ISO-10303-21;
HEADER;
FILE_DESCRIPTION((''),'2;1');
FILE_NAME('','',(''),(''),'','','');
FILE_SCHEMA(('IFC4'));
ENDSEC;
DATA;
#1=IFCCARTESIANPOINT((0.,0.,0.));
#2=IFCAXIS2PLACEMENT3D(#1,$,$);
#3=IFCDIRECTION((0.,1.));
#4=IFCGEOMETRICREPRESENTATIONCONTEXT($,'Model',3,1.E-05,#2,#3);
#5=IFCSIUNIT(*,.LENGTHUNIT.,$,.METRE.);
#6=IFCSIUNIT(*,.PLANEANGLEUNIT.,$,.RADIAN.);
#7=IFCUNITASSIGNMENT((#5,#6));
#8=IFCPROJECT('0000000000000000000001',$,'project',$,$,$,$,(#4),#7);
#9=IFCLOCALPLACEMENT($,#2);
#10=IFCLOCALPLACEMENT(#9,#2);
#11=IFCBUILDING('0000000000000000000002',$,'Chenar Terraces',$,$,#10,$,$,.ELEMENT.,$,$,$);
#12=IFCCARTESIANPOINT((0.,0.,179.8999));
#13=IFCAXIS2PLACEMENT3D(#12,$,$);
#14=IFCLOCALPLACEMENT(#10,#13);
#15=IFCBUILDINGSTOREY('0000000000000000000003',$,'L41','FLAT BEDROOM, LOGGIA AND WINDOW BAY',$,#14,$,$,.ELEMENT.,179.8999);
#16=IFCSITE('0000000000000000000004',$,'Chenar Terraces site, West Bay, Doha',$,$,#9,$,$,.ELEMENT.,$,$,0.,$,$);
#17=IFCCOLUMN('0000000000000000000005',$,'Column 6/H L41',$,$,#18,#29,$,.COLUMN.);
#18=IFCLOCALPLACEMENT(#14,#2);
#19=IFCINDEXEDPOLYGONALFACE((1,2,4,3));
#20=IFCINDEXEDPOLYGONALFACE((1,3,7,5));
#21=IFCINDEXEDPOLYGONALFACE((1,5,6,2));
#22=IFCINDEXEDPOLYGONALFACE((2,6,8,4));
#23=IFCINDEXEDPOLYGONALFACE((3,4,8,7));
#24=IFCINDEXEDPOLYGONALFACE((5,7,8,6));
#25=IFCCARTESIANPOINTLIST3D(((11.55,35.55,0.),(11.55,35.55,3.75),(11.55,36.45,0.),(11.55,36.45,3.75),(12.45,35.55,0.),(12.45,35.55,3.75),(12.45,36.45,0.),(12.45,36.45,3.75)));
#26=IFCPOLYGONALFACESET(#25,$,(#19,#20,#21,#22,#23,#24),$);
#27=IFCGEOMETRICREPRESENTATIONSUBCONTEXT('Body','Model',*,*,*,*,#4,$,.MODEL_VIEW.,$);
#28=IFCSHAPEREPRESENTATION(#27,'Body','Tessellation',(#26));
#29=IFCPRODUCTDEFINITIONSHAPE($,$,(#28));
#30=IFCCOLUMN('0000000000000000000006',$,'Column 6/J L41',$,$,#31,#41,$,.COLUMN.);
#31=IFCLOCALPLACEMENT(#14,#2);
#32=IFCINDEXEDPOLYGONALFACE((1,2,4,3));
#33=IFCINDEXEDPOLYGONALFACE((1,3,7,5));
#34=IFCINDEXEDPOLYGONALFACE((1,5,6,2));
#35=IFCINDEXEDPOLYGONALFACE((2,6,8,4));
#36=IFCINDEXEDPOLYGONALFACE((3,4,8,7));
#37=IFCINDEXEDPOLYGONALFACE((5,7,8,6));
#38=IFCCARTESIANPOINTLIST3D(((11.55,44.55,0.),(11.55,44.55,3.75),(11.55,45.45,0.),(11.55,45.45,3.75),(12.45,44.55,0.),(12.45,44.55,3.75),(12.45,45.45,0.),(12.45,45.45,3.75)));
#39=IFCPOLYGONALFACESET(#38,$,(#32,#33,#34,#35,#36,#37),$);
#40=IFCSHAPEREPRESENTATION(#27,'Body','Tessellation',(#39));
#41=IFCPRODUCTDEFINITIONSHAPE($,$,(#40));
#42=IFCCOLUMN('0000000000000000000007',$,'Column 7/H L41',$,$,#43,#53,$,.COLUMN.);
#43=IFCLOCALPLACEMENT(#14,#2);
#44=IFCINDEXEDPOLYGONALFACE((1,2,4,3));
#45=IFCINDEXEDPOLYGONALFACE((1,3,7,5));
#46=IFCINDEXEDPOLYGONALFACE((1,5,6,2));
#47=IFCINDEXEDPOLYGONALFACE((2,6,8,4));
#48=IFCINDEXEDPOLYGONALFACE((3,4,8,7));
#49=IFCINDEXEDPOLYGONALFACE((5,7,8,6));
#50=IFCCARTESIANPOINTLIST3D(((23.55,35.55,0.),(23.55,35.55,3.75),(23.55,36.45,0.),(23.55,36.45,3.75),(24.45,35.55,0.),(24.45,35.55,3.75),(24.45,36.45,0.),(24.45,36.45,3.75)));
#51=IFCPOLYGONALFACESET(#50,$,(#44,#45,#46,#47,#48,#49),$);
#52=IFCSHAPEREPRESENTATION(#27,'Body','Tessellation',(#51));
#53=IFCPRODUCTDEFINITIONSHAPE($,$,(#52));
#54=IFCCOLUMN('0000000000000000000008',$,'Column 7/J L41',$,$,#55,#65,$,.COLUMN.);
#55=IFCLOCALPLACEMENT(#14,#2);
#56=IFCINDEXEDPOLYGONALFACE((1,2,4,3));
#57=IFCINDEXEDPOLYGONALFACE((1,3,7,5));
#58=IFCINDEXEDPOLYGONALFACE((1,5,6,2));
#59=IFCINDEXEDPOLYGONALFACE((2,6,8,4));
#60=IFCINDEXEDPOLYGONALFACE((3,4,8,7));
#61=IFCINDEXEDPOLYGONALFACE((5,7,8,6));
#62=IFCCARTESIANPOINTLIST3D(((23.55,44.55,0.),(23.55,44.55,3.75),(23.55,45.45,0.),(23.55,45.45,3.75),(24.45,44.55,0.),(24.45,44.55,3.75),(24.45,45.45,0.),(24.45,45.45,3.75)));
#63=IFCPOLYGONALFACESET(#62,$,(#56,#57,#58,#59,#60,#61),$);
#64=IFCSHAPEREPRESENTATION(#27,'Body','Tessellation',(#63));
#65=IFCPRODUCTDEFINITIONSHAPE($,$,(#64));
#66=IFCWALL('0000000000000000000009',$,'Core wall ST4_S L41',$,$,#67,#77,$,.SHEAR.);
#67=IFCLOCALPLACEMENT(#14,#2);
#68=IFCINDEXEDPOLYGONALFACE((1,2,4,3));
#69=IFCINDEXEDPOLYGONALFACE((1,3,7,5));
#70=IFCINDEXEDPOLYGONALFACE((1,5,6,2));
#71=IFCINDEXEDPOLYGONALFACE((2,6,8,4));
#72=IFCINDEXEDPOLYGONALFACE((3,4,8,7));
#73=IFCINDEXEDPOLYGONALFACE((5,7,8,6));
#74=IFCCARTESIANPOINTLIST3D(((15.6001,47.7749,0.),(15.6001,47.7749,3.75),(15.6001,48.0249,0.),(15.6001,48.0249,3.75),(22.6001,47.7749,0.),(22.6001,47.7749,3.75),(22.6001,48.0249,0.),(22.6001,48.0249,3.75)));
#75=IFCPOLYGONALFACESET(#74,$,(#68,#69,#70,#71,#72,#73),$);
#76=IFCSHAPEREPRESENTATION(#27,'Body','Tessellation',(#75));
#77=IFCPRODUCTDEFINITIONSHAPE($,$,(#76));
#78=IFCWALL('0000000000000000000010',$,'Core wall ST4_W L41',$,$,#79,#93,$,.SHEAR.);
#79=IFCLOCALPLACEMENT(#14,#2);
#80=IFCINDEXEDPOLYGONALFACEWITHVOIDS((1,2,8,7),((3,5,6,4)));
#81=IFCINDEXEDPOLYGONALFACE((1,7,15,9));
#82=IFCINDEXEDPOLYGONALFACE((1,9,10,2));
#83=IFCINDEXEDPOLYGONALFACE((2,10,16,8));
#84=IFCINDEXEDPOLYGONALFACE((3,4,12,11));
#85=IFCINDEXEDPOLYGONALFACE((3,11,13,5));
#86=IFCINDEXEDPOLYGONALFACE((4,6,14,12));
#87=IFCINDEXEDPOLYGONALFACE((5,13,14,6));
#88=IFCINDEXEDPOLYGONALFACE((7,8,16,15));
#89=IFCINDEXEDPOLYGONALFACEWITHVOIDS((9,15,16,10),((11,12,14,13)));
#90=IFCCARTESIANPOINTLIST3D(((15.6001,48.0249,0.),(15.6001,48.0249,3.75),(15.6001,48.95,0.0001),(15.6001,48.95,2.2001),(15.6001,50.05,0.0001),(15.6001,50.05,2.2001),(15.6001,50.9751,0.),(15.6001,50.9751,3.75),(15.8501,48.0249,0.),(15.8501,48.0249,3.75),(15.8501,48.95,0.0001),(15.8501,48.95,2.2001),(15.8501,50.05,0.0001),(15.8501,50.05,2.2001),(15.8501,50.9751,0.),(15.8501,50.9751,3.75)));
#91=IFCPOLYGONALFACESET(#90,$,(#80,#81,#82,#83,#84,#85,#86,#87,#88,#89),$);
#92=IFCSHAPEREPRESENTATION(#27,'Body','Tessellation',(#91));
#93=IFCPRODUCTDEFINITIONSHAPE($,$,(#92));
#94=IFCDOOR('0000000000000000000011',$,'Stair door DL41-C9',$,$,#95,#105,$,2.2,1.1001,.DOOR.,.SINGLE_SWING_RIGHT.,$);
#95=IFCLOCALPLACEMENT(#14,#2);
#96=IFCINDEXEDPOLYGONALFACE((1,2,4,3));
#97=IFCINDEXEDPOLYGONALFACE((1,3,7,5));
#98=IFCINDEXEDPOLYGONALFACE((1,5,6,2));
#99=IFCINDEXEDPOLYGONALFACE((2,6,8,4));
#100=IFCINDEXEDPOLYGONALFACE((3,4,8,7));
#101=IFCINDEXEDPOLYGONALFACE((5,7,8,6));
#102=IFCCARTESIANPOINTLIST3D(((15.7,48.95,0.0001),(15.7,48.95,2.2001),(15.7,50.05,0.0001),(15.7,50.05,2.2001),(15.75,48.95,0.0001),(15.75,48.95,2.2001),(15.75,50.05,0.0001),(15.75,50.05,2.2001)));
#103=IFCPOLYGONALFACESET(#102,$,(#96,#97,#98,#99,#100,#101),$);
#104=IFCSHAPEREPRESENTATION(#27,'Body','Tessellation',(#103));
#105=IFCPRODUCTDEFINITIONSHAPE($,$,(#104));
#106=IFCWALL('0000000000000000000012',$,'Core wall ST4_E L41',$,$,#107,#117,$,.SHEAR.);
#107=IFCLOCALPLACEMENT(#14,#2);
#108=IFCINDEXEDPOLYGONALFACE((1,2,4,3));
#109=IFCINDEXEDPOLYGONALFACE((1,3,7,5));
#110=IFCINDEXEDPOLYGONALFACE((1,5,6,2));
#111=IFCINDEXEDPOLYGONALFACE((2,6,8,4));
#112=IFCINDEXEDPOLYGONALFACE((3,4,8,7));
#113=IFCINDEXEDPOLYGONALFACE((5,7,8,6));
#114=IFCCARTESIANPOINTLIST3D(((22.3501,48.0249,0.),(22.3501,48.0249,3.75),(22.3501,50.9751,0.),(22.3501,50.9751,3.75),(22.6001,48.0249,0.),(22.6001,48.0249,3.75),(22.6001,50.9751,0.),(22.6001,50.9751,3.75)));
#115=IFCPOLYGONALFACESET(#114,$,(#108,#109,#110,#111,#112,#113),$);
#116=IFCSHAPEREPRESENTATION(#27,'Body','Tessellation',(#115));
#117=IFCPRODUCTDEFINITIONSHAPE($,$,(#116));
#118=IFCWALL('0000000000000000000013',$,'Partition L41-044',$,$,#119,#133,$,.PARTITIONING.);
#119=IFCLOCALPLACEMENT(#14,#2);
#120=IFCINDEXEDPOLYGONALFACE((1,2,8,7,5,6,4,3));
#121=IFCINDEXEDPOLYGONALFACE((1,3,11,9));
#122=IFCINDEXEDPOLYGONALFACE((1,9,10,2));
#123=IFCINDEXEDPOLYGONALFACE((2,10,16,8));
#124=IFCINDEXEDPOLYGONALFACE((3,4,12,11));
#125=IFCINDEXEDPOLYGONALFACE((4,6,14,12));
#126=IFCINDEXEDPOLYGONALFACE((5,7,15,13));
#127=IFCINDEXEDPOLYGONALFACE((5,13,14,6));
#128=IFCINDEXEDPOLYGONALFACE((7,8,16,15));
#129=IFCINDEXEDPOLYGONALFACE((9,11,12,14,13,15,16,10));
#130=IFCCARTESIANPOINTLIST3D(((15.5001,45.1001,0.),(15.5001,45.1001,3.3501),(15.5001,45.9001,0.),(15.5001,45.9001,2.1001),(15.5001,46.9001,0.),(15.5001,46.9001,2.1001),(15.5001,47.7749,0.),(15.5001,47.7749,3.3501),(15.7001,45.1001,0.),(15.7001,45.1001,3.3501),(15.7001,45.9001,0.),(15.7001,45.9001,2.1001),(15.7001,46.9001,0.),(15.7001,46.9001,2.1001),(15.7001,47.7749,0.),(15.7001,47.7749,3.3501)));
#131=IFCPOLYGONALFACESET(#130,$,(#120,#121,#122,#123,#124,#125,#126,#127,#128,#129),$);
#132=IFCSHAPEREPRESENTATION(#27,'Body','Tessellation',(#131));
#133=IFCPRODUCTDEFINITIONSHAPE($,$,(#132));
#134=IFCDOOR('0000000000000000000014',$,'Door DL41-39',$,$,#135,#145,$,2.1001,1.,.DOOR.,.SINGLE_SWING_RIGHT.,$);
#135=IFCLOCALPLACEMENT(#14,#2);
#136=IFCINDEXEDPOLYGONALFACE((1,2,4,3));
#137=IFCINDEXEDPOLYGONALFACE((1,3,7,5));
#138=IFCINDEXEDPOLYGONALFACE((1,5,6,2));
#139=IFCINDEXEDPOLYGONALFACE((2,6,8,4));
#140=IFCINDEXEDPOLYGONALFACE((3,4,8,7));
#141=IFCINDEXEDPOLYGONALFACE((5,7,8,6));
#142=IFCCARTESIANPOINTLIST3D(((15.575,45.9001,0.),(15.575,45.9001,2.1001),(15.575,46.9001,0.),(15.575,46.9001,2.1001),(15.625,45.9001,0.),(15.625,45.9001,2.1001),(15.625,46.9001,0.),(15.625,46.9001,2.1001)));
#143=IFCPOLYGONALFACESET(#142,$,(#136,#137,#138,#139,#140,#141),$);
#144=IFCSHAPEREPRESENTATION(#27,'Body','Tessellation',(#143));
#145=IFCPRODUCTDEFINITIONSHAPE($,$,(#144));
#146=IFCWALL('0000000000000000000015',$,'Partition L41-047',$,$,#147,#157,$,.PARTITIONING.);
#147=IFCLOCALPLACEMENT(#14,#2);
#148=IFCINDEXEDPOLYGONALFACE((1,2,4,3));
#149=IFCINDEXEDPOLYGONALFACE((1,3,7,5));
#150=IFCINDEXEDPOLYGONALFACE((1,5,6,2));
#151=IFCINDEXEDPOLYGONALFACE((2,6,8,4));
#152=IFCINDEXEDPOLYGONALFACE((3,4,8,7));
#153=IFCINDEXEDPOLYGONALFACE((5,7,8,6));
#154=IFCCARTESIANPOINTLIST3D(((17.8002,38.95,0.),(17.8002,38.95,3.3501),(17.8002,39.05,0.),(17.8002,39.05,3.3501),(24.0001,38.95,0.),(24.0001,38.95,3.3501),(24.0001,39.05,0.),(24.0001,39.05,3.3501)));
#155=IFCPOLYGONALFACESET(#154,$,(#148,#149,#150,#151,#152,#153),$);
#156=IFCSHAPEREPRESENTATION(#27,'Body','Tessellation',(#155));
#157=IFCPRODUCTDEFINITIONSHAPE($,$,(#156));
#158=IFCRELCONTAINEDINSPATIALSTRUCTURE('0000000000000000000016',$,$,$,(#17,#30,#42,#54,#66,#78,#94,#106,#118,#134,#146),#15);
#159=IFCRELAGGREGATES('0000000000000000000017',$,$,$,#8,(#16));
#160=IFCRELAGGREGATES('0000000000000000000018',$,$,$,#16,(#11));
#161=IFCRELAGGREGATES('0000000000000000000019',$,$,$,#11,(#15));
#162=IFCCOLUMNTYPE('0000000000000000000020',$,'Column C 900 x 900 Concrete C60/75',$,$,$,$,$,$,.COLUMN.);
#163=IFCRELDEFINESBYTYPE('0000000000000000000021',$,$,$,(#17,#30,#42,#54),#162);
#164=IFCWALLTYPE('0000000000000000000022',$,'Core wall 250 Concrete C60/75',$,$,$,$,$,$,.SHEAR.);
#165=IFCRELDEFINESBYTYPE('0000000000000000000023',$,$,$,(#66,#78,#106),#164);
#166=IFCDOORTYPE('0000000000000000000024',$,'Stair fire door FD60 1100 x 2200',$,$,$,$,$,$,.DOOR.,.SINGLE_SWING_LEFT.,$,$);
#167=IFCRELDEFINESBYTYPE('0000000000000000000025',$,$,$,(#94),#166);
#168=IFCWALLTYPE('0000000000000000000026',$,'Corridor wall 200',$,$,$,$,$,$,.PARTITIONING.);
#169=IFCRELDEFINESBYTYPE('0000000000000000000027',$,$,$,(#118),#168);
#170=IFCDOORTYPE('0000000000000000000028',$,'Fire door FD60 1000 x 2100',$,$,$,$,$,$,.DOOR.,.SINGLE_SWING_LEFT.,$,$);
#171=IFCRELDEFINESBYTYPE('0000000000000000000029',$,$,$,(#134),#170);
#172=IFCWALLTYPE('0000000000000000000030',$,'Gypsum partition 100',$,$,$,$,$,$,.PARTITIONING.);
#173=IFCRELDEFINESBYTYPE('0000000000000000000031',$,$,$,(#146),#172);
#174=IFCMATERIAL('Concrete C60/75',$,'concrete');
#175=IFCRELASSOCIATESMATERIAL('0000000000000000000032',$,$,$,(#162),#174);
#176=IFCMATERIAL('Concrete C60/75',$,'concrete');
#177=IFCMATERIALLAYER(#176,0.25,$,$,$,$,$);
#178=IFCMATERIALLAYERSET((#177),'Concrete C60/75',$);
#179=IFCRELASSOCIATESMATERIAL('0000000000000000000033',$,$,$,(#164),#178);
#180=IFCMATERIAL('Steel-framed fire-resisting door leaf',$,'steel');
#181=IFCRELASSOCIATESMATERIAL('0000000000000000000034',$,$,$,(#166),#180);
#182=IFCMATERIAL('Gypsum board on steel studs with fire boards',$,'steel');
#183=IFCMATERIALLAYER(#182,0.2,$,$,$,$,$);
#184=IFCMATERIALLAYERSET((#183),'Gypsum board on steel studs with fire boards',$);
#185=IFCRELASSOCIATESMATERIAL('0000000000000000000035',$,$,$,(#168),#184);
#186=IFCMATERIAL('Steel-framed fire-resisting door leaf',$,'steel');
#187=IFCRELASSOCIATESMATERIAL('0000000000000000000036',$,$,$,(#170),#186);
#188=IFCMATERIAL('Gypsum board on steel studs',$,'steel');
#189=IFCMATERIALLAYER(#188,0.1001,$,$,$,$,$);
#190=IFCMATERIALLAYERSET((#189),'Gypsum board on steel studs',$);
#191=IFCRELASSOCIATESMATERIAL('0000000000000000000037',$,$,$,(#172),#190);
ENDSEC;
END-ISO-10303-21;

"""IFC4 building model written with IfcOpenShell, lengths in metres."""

from ifc_helpers import new_model, si_unit, direction, frame, frame_2d, origin, origin_2d, place, context, subcontext, project, spatial, rectangle, extrude, material, layer, layer_set, material_profile, profile_set, type_object, element, fill, save


model = new_model("IFC4")

# Units and contexts
model_context = context("Model", 3, precision=1e-05, world=origin(), true_north=direction((0.0, 1.0)))
body_context = subcontext(model_context, "Body", "Model", "MODEL_VIEW")
ifc_project = project(units=[si_unit("LENGTHUNIT", "METRE"), si_unit("PLANEANGLEUNIT", "RADIAN")], contexts=[model_context])

# Site, building, storey
site_placement = place(None, origin())
site = spatial("IfcSite", under=ifc_project, at=site_placement, Name="Chenar Terraces site, West Bay, Doha", CompositionType="ELEMENT", RefElevation=0.0)
building_placement = place(site_placement, origin())
building = spatial("IfcBuilding", under=site, at=building_placement, Name="Chenar Terraces", CompositionType="ELEMENT")
storey_placement = place(building_placement, frame((0.0, 0.0, 179.8999)))
storey = spatial("IfcBuildingStorey", under=building, at=storey_placement, Name="L41", Description="FLAT BEDROOM, LOGGIA AND WINDOW BAY", CompositionType="ELEMENT", Elevation=179.8999)

# Columns
ifc_material_1 = material(Name="Concrete C60/75", Category="concrete")
ifc_material_profile = material_profile(ifc_material_1, rectangle(XDim=0.8999, YDim=0.8999, at=origin_2d()), Name="C 900 x 900")
ifc_profile_set = profile_set([ifc_material_profile], Name="Concrete C60/75")
column_type = type_object("IfcColumnType", Name="Column C 900 x 900 Concrete C60/75", PredefinedType="COLUMN", material=ifc_profile_set)
for number, where, z_axis, x_axis, name in (
    (1, (12.0, 36.0, 0.0), (0.0, 0.0, 1.0), (1.0, 0.0, 0.0), "Column 6/H L41"),
    (2, (12.0, 45.0, 0.0), (0.0, 0.0, 1.0), (1.0, 0.0, 0.0), "Column 6/J L41"),
    (3, (24.0, 36.0, 0.0), (0.0, 0.0, 1.0), (1.0, 0.0, 0.0), "Column 7/H L41"),
    (4, (24.0, 45.0, 0.0), (0.0, 0.0, 1.0), (1.0, 0.0, 0.0), "Column 7/J L41"),
):
    element("IfcColumn", number, at=place(storey_placement, frame(where, z_axis=z_axis, x_axis=x_axis)), inside=storey, type_object=column_type, Name=name, PredefinedType="COLUMN", context=body_context, shape_type="SweptSolid", body=[
        extrude(rectangle(XDim=0.8999, YDim=0.8999, at=origin_2d()), origin(), (0.0, 0.0, 1.0), 3.75),
    ])

# Wall
ifc_material_2 = material(Name="Concrete C60/75", Category="concrete")
ifc_layer_1 = layer(ifc_material_2, 0.25)
ifc_layer_set_1 = layer_set([ifc_layer_1], Name="Concrete C60/75")
wall_type_1 = type_object("IfcWallType", Name="Core wall 250 Concrete C60/75", PredefinedType="SHEAR", material=ifc_layer_set_1)
wall_1_placement = place(storey_placement, frame((15.6001, 47.8999, 0.0), z_axis=(0.0, 0.0, 1.0), x_axis=(1.0, 0.0, 0.0)))
element("IfcWall", 5, at=wall_1_placement, inside=storey, type_object=wall_type_1, Name="Core wall ST4_S L41", PredefinedType="SHEAR", context=body_context, shape_type="SweptSolid", body=[
    extrude(rectangle(XDim=7.0, YDim=0.25, at=frame_2d((3.5, 0.0))), origin(), (0.0, 0.0, 1.0), 3.75),
])

# Wall, opening, door
wall_2_placement = place(storey_placement, frame((15.7251, 48.0249, 0.0), z_axis=(0.0, 0.0, 1.0), x_axis=(0.0, 1.0, 0.0)))
wall_2 = element("IfcWall", 6, at=wall_2_placement, inside=storey, type_object=wall_type_1, Name="Core wall ST4_W L41", PredefinedType="SHEAR", context=body_context, shape_type="SweptSolid", body=[
    extrude(rectangle(XDim=2.9502, YDim=0.25, at=frame_2d((1.4751, 0.0))), origin(), (0.0, 0.0, 1.0), 3.75),
])
opening_1_placement = place(wall_2_placement, frame((0.925, 0.0, 0.0)))
opening_1 = element("IfcOpeningElement", 7, at=opening_1_placement, cuts=wall_2, PredefinedType="OPENING", context=body_context, shape_type="SweptSolid", body=[
    extrude(rectangle(XDim=1.1001, YDim=2.2, at=frame_2d((0.55, 1.1001))), frame((0.0, 0.135, 0.0), z_axis=(0.0, -1.0, 0.0), x_axis=(1.0, 0.0, 0.0)), (0.0, 0.0, 1.0), 0.27),
])
ifc_material_3 = material(Name="Steel-framed fire-resisting door leaf", Category="steel")
door_type_1 = type_object("IfcDoorType", Name="Stair fire door FD60 1100 x 2200", OperationType="SINGLE_SWING_LEFT", PredefinedType="DOOR", material=ifc_material_3)
door_1_placement = place(opening_1_placement, frame((1.1001, 0.0, 0.0), z_axis=(0.0, 0.0, 1.0), x_axis=(-1.0, 0.0, 0.0)))
door_1 = element("IfcDoor", 8, at=door_1_placement, inside=storey, type_object=door_type_1, Name="Stair door DL41-C9", OperationType="SINGLE_SWING_RIGHT", OverallHeight=2.2, OverallWidth=1.1001, PredefinedType="DOOR", context=body_context, shape_type="SweptSolid", body=[
    extrude(rectangle(XDim=1.1001, YDim=2.2, at=frame_2d((0.55, 1.1001))), frame((0.0, 0.0249, 0.0), z_axis=(0.0, -1.0, 0.0), x_axis=(1.0, 0.0, 0.0)), (0.0, 0.0, 1.0), 0.05),
])
fill(opening_1, door_1)

# Wall
wall_3_placement = place(storey_placement, frame((22.4751, 48.0249, 0.0), z_axis=(0.0, 0.0, 1.0), x_axis=(0.0, 1.0, 0.0)))
element("IfcWall", 9, at=wall_3_placement, inside=storey, type_object=wall_type_1, Name="Core wall ST4_E L41", PredefinedType="SHEAR", context=body_context, shape_type="SweptSolid", body=[
    extrude(rectangle(XDim=2.9502, YDim=0.25, at=frame_2d((1.4751, 0.0))), origin(), (0.0, 0.0, 1.0), 3.75),
])

# Wall, opening, door
ifc_material_4 = material(Name="Gypsum board on steel studs with fire boards", Category="steel")
ifc_layer_2 = layer(ifc_material_4, 0.2)
ifc_layer_set_2 = layer_set([ifc_layer_2], Name="Gypsum board on steel studs with fire boards")
wall_type_2 = type_object("IfcWallType", Name="Corridor wall 200", PredefinedType="PARTITIONING", material=ifc_layer_set_2)
wall_4_placement = place(storey_placement, frame((15.6001, 45.1001, 0.0), z_axis=(0.0, 0.0, 1.0), x_axis=(0.0, 1.0, 0.0)))
wall_4 = element("IfcWall", 10, at=wall_4_placement, inside=storey, type_object=wall_type_2, Name="Partition L41-044", PredefinedType="PARTITIONING", context=body_context, shape_type="SweptSolid", body=[
    extrude(rectangle(XDim=2.6748, YDim=0.2, at=frame_2d((1.3374, 0.0))), origin(), (0.0, 0.0, 1.0), 3.3501),
])
opening_2_placement = place(wall_4_placement, frame((0.8, 0.0, 0.0)))
opening_2 = element("IfcOpeningElement", 11, at=opening_2_placement, cuts=wall_4, PredefinedType="OPENING", context=body_context, shape_type="SweptSolid", body=[
    extrude(rectangle(XDim=1.0, YDim=2.1001, at=frame_2d((0.5, 1.05))), frame((0.0, 0.1099, 0.0), z_axis=(0.0, -1.0, 0.0), x_axis=(1.0, 0.0, 0.0)), (0.0, 0.0, 1.0), 0.22),
])
ifc_material_5 = material(Name="Steel-framed fire-resisting door leaf", Category="steel")
door_type_2 = type_object("IfcDoorType", Name="Fire door FD60 1000 x 2100", OperationType="SINGLE_SWING_LEFT", PredefinedType="DOOR", material=ifc_material_5)
door_2_placement = place(opening_2_placement, frame((1.0, 0.0, 0.0), z_axis=(0.0, 0.0, 1.0), x_axis=(-1.0, 0.0, 0.0)))
door_2 = element("IfcDoor", 12, at=door_2_placement, inside=storey, type_object=door_type_2, Name="Door DL41-39", OperationType="SINGLE_SWING_RIGHT", OverallHeight=2.1001, OverallWidth=1.0, PredefinedType="DOOR", context=body_context, shape_type="SweptSolid", body=[
    extrude(rectangle(XDim=1.0, YDim=2.1001, at=frame_2d((0.5, 1.05))), frame((0.0, 0.0249, 0.0), z_axis=(0.0, -1.0, 0.0), x_axis=(1.0, 0.0, 0.0)), (0.0, 0.0, 1.0), 0.05),
])
fill(opening_2, door_2)

# Wall
ifc_material_6 = material(Name="Gypsum board on steel studs", Category="steel")
ifc_layer_3 = layer(ifc_material_6, 0.1001)
ifc_layer_set_3 = layer_set([ifc_layer_3], Name="Gypsum board on steel studs")
wall_type_3 = type_object("IfcWallType", Name="Gypsum partition 100", PredefinedType="PARTITIONING", material=ifc_layer_set_3)
wall_5_placement = place(storey_placement, frame((17.8, 39.0, 0.0), z_axis=(0.0, 0.0, 1.0), x_axis=(1.0, 0.0, 0.0)))
element("IfcWall", 13, at=wall_5_placement, inside=storey, type_object=wall_type_3, Name="Partition L41-047", PredefinedType="PARTITIONING", context=body_context, shape_type="SweptSolid", body=[
    extrude(rectangle(XDim=6.2, YDim=0.1001, at=frame_2d((3.1001, 0.0))), origin(), (0.0, 0.0, 1.0), 3.3501),
])

save(model, "model.ifc")
